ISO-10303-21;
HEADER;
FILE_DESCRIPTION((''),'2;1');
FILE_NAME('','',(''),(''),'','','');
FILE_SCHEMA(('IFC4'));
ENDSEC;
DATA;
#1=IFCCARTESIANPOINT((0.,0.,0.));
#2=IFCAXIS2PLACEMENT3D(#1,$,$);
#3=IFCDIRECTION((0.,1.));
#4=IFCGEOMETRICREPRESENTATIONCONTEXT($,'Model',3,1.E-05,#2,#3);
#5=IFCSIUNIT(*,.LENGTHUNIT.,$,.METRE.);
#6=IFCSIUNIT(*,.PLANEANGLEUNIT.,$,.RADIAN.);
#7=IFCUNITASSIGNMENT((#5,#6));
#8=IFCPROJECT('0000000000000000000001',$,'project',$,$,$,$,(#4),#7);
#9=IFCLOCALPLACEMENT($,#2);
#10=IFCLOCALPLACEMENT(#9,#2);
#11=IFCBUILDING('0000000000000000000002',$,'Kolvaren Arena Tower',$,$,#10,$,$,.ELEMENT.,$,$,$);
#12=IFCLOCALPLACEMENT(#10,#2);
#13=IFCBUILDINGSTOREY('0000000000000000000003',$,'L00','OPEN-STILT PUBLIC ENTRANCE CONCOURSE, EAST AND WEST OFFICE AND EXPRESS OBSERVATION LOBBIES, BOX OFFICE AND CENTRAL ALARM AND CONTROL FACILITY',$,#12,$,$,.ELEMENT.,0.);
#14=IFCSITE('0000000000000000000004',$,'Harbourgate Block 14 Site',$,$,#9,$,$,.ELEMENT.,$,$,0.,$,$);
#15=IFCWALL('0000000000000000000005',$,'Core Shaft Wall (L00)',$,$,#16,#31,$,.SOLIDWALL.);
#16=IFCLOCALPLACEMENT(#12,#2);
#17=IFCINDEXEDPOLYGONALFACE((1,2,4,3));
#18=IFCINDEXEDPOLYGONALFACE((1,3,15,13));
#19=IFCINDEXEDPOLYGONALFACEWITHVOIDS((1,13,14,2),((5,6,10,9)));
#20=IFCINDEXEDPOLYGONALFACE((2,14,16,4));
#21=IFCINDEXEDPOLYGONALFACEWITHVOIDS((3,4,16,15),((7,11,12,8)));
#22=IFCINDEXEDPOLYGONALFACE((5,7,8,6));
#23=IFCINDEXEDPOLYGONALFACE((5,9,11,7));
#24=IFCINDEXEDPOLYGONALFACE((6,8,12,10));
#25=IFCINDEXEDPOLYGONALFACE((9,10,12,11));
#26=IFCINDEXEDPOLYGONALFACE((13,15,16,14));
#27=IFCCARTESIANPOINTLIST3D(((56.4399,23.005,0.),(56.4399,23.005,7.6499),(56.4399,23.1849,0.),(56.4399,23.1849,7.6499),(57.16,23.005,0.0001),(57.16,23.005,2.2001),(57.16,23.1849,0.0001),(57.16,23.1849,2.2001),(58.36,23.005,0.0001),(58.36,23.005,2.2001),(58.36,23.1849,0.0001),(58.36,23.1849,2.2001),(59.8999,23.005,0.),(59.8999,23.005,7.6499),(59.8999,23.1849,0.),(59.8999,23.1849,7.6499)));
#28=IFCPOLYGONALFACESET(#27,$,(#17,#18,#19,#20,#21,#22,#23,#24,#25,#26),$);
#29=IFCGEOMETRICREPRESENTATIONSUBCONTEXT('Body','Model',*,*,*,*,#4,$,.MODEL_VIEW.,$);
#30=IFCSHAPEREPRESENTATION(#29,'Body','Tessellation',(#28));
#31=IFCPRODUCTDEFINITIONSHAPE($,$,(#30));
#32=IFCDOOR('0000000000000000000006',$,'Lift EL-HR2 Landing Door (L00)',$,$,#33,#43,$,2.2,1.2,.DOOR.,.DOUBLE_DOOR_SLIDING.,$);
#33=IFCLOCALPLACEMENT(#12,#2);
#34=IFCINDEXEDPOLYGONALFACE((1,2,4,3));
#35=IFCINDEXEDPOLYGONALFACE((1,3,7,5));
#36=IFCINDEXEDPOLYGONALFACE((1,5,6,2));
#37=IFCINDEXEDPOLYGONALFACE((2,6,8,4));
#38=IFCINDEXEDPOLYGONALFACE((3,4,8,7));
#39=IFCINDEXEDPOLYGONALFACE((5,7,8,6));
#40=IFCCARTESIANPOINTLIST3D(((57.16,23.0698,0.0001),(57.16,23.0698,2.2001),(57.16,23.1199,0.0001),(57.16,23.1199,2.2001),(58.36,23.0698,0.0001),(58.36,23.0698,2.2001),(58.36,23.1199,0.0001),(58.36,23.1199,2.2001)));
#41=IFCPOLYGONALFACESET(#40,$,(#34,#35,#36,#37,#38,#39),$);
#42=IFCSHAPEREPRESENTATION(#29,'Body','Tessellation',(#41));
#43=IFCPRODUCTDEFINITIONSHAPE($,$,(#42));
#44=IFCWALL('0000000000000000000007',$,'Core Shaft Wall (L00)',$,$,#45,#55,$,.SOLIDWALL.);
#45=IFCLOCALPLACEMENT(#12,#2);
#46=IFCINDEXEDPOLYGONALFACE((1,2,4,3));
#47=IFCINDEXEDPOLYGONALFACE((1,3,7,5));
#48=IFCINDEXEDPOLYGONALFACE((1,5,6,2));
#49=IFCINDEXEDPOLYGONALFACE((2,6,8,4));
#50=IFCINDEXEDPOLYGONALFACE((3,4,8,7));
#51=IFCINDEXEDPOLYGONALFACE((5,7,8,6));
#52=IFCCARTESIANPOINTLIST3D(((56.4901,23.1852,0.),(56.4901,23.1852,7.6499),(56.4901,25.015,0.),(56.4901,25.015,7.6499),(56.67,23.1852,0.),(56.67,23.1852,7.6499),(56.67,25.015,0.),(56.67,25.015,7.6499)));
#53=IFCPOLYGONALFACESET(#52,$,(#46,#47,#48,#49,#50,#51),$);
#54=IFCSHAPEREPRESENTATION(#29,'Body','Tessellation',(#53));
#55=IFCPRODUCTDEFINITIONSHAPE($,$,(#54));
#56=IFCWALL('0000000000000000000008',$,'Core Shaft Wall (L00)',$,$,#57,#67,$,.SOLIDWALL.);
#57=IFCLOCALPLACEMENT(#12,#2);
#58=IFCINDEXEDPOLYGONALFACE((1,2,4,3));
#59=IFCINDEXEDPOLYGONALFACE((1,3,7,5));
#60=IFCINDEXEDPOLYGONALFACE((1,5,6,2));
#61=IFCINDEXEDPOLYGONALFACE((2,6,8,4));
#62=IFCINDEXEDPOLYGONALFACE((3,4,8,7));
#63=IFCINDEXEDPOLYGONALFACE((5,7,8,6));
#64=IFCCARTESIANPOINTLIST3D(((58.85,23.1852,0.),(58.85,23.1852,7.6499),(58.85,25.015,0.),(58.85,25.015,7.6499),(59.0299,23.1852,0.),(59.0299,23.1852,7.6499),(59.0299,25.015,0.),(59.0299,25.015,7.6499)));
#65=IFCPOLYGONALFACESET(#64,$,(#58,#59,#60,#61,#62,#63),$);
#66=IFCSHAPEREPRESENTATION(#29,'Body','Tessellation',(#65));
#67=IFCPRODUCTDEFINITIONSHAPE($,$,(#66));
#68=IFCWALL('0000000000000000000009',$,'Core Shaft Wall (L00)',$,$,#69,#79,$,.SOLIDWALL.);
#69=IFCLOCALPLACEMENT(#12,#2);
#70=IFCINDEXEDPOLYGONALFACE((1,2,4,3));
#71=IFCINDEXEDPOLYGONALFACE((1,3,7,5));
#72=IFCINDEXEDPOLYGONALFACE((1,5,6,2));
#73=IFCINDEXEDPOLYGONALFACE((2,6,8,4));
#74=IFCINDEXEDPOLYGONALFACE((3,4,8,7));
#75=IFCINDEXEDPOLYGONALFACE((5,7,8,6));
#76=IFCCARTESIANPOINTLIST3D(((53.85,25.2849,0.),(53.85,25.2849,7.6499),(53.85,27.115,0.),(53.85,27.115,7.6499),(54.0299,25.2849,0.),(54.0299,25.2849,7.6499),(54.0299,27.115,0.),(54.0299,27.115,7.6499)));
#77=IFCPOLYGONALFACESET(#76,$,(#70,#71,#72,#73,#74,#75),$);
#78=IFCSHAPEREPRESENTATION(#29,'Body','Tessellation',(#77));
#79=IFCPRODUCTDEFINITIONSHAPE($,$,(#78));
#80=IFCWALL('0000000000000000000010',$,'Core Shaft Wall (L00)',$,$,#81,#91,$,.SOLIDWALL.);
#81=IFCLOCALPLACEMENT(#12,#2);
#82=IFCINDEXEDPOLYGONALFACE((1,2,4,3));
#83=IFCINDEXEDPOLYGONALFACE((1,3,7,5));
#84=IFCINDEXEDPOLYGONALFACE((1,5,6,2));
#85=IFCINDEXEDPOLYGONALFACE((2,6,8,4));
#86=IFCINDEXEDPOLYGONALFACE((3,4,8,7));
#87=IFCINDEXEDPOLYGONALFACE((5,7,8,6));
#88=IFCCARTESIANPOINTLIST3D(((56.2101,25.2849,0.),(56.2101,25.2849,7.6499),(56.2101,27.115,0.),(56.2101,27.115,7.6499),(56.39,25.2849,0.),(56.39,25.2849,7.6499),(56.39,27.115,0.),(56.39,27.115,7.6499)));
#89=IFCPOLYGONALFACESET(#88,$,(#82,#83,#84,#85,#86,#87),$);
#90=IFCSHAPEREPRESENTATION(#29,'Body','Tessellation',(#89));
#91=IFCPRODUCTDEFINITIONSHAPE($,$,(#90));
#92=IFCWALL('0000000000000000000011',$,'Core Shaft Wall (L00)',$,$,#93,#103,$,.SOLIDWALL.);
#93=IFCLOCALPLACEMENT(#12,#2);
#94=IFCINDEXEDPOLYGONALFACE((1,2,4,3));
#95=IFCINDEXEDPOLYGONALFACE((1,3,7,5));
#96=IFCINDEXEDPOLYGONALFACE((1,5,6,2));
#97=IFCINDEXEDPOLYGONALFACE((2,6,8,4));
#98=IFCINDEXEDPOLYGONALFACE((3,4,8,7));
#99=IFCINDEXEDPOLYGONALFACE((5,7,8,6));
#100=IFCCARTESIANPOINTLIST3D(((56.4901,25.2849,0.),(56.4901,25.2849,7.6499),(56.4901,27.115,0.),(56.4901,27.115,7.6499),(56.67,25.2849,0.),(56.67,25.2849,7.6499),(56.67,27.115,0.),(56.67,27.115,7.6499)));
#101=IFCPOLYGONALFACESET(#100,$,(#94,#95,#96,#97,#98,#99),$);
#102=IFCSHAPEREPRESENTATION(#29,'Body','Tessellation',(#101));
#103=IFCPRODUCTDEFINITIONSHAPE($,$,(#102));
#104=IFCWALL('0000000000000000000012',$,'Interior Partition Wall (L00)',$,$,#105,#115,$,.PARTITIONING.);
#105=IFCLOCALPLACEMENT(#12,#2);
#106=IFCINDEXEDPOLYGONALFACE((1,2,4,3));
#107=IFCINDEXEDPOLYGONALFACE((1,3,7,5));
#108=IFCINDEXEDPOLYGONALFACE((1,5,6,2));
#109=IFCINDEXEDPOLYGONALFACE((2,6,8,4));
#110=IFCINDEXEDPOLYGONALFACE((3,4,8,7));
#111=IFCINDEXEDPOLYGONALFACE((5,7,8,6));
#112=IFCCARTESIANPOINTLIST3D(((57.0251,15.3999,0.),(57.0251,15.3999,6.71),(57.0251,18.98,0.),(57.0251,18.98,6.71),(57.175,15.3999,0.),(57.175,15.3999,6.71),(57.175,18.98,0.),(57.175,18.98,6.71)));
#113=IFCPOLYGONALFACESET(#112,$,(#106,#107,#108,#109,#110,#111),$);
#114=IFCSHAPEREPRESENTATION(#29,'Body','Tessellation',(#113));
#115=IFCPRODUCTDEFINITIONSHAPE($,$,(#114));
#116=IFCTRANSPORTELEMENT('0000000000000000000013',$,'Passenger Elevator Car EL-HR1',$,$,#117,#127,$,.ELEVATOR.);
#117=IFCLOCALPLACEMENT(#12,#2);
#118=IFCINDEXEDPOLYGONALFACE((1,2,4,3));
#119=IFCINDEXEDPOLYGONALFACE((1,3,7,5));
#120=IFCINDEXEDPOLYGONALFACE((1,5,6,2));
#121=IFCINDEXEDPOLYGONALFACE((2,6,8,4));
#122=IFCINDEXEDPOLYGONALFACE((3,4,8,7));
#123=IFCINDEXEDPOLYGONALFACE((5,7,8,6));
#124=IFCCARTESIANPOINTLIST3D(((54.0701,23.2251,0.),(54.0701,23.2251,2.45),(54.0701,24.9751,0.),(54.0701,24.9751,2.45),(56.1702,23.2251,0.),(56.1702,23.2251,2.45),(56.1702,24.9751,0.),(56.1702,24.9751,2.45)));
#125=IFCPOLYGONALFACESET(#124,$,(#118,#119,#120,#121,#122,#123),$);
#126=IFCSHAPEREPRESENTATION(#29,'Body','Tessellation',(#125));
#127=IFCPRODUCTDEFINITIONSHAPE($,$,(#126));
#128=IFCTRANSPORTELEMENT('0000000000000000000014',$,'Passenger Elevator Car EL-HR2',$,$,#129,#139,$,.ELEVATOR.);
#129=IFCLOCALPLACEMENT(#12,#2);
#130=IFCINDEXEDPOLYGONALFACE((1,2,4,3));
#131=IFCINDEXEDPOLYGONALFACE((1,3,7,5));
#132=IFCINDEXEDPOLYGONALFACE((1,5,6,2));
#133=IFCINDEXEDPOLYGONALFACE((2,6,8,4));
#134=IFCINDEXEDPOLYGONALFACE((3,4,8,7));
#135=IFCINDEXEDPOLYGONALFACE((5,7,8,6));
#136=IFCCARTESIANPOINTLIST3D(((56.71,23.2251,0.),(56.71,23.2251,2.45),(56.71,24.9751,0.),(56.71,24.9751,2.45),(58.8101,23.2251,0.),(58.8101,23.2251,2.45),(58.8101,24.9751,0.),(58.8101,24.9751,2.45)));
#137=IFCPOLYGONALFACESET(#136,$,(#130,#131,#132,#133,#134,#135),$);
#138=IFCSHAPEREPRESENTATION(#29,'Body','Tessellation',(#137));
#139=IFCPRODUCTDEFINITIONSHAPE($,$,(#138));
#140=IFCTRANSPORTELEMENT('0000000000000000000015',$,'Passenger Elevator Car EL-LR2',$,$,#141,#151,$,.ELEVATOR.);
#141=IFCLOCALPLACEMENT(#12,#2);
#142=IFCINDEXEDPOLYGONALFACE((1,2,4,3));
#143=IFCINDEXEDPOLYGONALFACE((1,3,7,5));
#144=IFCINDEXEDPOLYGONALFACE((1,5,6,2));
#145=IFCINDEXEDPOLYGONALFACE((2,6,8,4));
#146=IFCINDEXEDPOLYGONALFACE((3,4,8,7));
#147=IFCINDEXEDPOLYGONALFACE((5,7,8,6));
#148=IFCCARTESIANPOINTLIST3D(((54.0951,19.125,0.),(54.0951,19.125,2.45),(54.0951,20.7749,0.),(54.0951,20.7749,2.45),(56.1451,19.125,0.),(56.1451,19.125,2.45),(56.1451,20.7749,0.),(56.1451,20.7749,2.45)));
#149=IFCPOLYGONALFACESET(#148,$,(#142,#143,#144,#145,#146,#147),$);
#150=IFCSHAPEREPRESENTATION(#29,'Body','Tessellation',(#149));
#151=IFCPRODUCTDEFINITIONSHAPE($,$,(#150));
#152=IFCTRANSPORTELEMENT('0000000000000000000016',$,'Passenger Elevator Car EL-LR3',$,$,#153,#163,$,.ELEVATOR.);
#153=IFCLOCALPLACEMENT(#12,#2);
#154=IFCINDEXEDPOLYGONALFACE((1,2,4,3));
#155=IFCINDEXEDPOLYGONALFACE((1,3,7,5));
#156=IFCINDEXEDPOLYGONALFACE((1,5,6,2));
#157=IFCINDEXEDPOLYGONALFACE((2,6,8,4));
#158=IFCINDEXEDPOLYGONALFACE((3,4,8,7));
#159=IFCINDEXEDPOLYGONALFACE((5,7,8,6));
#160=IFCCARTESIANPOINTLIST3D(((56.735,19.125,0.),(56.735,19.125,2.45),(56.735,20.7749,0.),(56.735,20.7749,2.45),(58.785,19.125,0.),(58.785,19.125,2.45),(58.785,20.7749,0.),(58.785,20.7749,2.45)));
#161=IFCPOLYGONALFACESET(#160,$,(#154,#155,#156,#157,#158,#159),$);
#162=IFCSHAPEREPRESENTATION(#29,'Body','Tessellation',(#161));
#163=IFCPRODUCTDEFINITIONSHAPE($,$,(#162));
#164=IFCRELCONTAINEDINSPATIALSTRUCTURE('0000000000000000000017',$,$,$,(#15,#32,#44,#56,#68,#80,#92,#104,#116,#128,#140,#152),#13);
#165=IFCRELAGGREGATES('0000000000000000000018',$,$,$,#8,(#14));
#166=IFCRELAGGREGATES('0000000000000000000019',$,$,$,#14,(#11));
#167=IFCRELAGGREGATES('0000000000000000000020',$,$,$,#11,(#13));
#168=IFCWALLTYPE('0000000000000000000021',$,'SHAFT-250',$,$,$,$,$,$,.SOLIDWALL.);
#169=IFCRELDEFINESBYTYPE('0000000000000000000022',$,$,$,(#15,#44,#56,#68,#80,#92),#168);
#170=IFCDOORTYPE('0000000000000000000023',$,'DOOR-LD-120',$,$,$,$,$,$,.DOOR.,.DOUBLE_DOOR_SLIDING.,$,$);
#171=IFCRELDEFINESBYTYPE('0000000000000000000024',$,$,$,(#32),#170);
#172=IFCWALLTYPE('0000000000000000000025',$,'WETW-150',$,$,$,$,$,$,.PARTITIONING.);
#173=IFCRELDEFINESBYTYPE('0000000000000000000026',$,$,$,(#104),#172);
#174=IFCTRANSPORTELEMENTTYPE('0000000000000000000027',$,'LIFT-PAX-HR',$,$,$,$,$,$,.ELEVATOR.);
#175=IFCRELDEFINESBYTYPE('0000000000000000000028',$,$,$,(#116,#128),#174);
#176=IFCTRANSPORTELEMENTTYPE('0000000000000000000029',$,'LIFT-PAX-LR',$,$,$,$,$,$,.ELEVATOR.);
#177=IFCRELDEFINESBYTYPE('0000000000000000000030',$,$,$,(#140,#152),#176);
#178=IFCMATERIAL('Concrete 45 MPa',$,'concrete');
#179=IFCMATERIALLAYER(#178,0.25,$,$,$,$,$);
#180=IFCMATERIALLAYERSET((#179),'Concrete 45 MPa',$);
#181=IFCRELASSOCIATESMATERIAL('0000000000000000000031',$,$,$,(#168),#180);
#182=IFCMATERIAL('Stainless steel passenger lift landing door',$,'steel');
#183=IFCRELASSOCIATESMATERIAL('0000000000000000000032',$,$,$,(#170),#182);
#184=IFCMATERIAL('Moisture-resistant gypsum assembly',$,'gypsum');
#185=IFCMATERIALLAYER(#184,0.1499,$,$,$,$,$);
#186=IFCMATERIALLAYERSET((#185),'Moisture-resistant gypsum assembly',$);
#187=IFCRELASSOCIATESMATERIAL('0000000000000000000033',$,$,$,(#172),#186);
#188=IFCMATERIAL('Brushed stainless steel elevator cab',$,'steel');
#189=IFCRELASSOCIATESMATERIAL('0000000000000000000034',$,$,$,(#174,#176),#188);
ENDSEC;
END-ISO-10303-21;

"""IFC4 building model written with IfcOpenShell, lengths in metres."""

from ifc_helpers import new_model, si_unit, direction, frame, frame_2d, origin, origin_2d, place, context, subcontext, project, spatial, rectangle, extrude, material, layer, layer_set, type_object, element, fill, save


model = new_model("IFC4")

# Units and contexts
model_context = context("Model", 3, precision=1e-05, world=origin(), true_north=direction((0.0, 1.0)))
body_context = subcontext(model_context, "Body", "Model", "MODEL_VIEW")
ifc_project = project(units=[si_unit("LENGTHUNIT", "METRE"), si_unit("PLANEANGLEUNIT", "RADIAN")], contexts=[model_context])

# Site, building, storey
site_placement = place(None, origin())
site = spatial("IfcSite", under=ifc_project, at=site_placement, Name="Harbourgate Block 14 Site", CompositionType="ELEMENT", RefElevation=0.0)
building_placement = place(site_placement, origin())
building = spatial("IfcBuilding", under=site, at=building_placement, Name="Kolvaren Arena Tower", CompositionType="ELEMENT")
storey_placement = place(building_placement, origin())
storey = spatial("IfcBuildingStorey", under=building, at=storey_placement, Name="L00", Description="OPEN-STILT PUBLIC ENTRANCE CONCOURSE, EAST AND WEST OFFICE AND EXPRESS OBSERVATION LOBBIES, BOX OFFICE AND CENTRAL ALARM AND CONTROL FACILITY", CompositionType="ELEMENT", Elevation=0.0)

# Shared definitions
ifc_material_1 = material(Name="Concrete 45 MPa", Category="concrete")
ifc_layer_1 = layer(ifc_material_1, 0.25)
ifc_layer_set_1 = layer_set([ifc_layer_1], Name="Concrete 45 MPa")
wall_type_1 = type_object("IfcWallType", Name="SHAFT-250", PredefinedType="SOLIDWALL", material=ifc_layer_set_1)
ifc_material_2 = material(Name="Stainless steel passenger lift landing door", Category="steel")
door_type = type_object("IfcDoorType", Name="DOOR-LD-120", OperationType="DOUBLE_DOOR_SLIDING", PredefinedType="DOOR", material=ifc_material_2)

# Wall, opening, door
wall_1_placement = place(storey_placement, frame((56.4399, 23.095, 0.0), z_axis=(0.0, 0.0, 1.0), x_axis=(1.0, 0.0, 0.0)))
wall_1 = element("IfcWall", 1, at=wall_1_placement, inside=storey, type_object=wall_type_1, Name="Core Shaft Wall (L00)", PredefinedType="SOLIDWALL", context=body_context, shape_type="SweptSolid", body=[
    extrude(rectangle(XDim=3.46, YDim=0.1799, at=frame_2d((1.73, 0.0))), origin(), (0.0, 0.0, 1.0), 7.6499),
])
opening_1_placement = place(wall_1_placement, frame((0.72, 0.0, 0.0)))
opening_1 = element("IfcOpeningElement", 2, at=opening_1_placement, cuts=wall_1, PredefinedType="OPENING", context=body_context, shape_type="SweptSolid", body=[
    extrude(rectangle(XDim=1.2, YDim=2.2, at=frame_2d((0.6001, 1.1001))), frame((0.0, 0.0999, 0.0), z_axis=(0.0, -1.0, 0.0), x_axis=(1.0, 0.0, 0.0)), (0.0, 0.0, 1.0), 0.2),
])
door_1_placement = place(opening_1_placement, origin())
door_1 = element("IfcDoor", 3, at=door_1_placement, inside=storey, type_object=door_type, Name="Lift EL-HR2 Landing Door (L00)", OperationType="DOUBLE_DOOR_SLIDING", OverallHeight=2.2, OverallWidth=1.2, PredefinedType="DOOR", context=body_context, shape_type="SweptSolid", body=[
    extrude(rectangle(XDim=1.2, YDim=2.2, at=frame_2d((0.6001, 1.1001))), frame((0.0, 0.0249, 0.0), z_axis=(0.0, -1.0, 0.0), x_axis=(1.0, 0.0, 0.0)), (0.0, 0.0, 1.0), 0.05),
])
fill(opening_1, door_1)

# Walls
for number, where, z_axis, x_axis, name in (
    (4, (56.5801, 23.1851, 0.0), (0.0, 0.0, 1.0), (0.0, 1.0, 0.0), "Core Shaft Wall (L00)"),
    (5, (58.9399, 23.1851, 0.0), (0.0, 0.0, 1.0), (0.0, 1.0, 0.0), "Core Shaft Wall (L00)"),
):
    element("IfcWall", number, at=place(storey_placement, frame(where, z_axis=z_axis, x_axis=x_axis)), inside=storey, type_object=wall_type_1, Name=name, PredefinedType="SOLIDWALL", context=body_context, shape_type="SweptSolid", body=[
        extrude(rectangle(XDim=1.8298, YDim=0.1799, at=frame_2d((0.915, 0.0))), origin(), (0.0, 0.0, 1.0), 7.6499),
    ])
for number, where, z_axis, x_axis, name in (
    (6, (53.9399, 25.2849, 0.0), (0.0, 0.0, 1.0), (0.0, 1.0, 0.0), "Core Shaft Wall (L00)"),
    (7, (56.3, 25.2849, 0.0), (0.0, 0.0, 1.0), (0.0, 1.0, 0.0), "Core Shaft Wall (L00)"),
    (8, (56.5801, 25.2849, 0.0), (0.0, 0.0, 1.0), (0.0, 1.0, 0.0), "Core Shaft Wall (L00)"),
):
    element("IfcWall", number, at=place(storey_placement, frame(where, z_axis=z_axis, x_axis=x_axis)), inside=storey, type_object=wall_type_1, Name=name, PredefinedType="SOLIDWALL", context=body_context, shape_type="SweptSolid", body=[
        extrude(rectangle(XDim=1.8301, YDim=0.1799, at=frame_2d((0.915, 0.0))), origin(), (0.0, 0.0, 1.0), 7.6499),
    ])
ifc_material_3 = material(Name="Moisture-resistant gypsum assembly", Category="gypsum")
ifc_layer_2 = layer(ifc_material_3, 0.1499)
ifc_layer_set_2 = layer_set([ifc_layer_2], Name="Moisture-resistant gypsum assembly")
wall_type_2 = type_object("IfcWallType", Name="WETW-150", PredefinedType="PARTITIONING", material=ifc_layer_set_2)
wall_2_placement = place(storey_placement, frame((57.1001, 15.3999, 0.0), z_axis=(0.0, 0.0, 1.0), x_axis=(0.0, 1.0, 0.0)))
element("IfcWall", 9, at=wall_2_placement, inside=storey, type_object=wall_type_2, Name="Interior Partition Wall (L00)", PredefinedType="PARTITIONING", context=body_context, shape_type="SweptSolid", body=[
    extrude(rectangle(XDim=3.5801, YDim=0.1499, at=frame_2d((1.79, 0.0))), origin(), (0.0, 0.0, 1.0), 6.71),
])

# Transport elements
ifc_material_4 = material(Name="Brushed stainless steel elevator cab", Category="steel")
transport_element_type_1 = type_object("IfcTransportElementType", Name="LIFT-PAX-HR", PredefinedType="ELEVATOR", material=ifc_material_4)
for number, where, z_axis, x_axis, name in (
    (10, (55.1201, 24.1001, 0.0), (0.0, 0.0, 1.0), (1.0, 0.0, 0.0), "Passenger Elevator Car EL-HR1"),
    (11, (57.76, 24.1001, 0.0), (0.0, 0.0, 1.0), (1.0, 0.0, 0.0), "Passenger Elevator Car EL-HR2"),
):
    element("IfcTransportElement", number, at=place(storey_placement, frame(where, z_axis=z_axis, x_axis=x_axis)), inside=storey, type_object=transport_element_type_1, Name=name, PredefinedType="ELEVATOR", context=body_context, shape_type="SweptSolid", body=[
        extrude(rectangle(XDim=2.1001, YDim=1.75, at=origin_2d()), origin(), (0.0, 0.0, 1.0), 2.45),
    ])
transport_element_type_2 = type_object("IfcTransportElementType", Name="LIFT-PAX-LR", PredefinedType="ELEVATOR", material=ifc_material_4)
for number, where, z_axis, x_axis, name in (
    (12, (55.1201, 19.95, 0.0), (0.0, 0.0, 1.0), (1.0, 0.0, 0.0), "Passenger Elevator Car EL-LR2"),
    (13, (57.76, 19.95, 0.0), (0.0, 0.0, 1.0), (1.0, 0.0, 0.0), "Passenger Elevator Car EL-LR3"),
):
    element("IfcTransportElement", number, at=place(storey_placement, frame(where, z_axis=z_axis, x_axis=x_axis)), inside=storey, type_object=transport_element_type_2, Name=name, PredefinedType="ELEVATOR", context=body_context, shape_type="SweptSolid", body=[
        extrude(rectangle(XDim=2.05, YDim=1.6499, at=origin_2d()), origin(), (0.0, 0.0, 1.0), 2.45),
    ])

save(model, "model.ifc")
